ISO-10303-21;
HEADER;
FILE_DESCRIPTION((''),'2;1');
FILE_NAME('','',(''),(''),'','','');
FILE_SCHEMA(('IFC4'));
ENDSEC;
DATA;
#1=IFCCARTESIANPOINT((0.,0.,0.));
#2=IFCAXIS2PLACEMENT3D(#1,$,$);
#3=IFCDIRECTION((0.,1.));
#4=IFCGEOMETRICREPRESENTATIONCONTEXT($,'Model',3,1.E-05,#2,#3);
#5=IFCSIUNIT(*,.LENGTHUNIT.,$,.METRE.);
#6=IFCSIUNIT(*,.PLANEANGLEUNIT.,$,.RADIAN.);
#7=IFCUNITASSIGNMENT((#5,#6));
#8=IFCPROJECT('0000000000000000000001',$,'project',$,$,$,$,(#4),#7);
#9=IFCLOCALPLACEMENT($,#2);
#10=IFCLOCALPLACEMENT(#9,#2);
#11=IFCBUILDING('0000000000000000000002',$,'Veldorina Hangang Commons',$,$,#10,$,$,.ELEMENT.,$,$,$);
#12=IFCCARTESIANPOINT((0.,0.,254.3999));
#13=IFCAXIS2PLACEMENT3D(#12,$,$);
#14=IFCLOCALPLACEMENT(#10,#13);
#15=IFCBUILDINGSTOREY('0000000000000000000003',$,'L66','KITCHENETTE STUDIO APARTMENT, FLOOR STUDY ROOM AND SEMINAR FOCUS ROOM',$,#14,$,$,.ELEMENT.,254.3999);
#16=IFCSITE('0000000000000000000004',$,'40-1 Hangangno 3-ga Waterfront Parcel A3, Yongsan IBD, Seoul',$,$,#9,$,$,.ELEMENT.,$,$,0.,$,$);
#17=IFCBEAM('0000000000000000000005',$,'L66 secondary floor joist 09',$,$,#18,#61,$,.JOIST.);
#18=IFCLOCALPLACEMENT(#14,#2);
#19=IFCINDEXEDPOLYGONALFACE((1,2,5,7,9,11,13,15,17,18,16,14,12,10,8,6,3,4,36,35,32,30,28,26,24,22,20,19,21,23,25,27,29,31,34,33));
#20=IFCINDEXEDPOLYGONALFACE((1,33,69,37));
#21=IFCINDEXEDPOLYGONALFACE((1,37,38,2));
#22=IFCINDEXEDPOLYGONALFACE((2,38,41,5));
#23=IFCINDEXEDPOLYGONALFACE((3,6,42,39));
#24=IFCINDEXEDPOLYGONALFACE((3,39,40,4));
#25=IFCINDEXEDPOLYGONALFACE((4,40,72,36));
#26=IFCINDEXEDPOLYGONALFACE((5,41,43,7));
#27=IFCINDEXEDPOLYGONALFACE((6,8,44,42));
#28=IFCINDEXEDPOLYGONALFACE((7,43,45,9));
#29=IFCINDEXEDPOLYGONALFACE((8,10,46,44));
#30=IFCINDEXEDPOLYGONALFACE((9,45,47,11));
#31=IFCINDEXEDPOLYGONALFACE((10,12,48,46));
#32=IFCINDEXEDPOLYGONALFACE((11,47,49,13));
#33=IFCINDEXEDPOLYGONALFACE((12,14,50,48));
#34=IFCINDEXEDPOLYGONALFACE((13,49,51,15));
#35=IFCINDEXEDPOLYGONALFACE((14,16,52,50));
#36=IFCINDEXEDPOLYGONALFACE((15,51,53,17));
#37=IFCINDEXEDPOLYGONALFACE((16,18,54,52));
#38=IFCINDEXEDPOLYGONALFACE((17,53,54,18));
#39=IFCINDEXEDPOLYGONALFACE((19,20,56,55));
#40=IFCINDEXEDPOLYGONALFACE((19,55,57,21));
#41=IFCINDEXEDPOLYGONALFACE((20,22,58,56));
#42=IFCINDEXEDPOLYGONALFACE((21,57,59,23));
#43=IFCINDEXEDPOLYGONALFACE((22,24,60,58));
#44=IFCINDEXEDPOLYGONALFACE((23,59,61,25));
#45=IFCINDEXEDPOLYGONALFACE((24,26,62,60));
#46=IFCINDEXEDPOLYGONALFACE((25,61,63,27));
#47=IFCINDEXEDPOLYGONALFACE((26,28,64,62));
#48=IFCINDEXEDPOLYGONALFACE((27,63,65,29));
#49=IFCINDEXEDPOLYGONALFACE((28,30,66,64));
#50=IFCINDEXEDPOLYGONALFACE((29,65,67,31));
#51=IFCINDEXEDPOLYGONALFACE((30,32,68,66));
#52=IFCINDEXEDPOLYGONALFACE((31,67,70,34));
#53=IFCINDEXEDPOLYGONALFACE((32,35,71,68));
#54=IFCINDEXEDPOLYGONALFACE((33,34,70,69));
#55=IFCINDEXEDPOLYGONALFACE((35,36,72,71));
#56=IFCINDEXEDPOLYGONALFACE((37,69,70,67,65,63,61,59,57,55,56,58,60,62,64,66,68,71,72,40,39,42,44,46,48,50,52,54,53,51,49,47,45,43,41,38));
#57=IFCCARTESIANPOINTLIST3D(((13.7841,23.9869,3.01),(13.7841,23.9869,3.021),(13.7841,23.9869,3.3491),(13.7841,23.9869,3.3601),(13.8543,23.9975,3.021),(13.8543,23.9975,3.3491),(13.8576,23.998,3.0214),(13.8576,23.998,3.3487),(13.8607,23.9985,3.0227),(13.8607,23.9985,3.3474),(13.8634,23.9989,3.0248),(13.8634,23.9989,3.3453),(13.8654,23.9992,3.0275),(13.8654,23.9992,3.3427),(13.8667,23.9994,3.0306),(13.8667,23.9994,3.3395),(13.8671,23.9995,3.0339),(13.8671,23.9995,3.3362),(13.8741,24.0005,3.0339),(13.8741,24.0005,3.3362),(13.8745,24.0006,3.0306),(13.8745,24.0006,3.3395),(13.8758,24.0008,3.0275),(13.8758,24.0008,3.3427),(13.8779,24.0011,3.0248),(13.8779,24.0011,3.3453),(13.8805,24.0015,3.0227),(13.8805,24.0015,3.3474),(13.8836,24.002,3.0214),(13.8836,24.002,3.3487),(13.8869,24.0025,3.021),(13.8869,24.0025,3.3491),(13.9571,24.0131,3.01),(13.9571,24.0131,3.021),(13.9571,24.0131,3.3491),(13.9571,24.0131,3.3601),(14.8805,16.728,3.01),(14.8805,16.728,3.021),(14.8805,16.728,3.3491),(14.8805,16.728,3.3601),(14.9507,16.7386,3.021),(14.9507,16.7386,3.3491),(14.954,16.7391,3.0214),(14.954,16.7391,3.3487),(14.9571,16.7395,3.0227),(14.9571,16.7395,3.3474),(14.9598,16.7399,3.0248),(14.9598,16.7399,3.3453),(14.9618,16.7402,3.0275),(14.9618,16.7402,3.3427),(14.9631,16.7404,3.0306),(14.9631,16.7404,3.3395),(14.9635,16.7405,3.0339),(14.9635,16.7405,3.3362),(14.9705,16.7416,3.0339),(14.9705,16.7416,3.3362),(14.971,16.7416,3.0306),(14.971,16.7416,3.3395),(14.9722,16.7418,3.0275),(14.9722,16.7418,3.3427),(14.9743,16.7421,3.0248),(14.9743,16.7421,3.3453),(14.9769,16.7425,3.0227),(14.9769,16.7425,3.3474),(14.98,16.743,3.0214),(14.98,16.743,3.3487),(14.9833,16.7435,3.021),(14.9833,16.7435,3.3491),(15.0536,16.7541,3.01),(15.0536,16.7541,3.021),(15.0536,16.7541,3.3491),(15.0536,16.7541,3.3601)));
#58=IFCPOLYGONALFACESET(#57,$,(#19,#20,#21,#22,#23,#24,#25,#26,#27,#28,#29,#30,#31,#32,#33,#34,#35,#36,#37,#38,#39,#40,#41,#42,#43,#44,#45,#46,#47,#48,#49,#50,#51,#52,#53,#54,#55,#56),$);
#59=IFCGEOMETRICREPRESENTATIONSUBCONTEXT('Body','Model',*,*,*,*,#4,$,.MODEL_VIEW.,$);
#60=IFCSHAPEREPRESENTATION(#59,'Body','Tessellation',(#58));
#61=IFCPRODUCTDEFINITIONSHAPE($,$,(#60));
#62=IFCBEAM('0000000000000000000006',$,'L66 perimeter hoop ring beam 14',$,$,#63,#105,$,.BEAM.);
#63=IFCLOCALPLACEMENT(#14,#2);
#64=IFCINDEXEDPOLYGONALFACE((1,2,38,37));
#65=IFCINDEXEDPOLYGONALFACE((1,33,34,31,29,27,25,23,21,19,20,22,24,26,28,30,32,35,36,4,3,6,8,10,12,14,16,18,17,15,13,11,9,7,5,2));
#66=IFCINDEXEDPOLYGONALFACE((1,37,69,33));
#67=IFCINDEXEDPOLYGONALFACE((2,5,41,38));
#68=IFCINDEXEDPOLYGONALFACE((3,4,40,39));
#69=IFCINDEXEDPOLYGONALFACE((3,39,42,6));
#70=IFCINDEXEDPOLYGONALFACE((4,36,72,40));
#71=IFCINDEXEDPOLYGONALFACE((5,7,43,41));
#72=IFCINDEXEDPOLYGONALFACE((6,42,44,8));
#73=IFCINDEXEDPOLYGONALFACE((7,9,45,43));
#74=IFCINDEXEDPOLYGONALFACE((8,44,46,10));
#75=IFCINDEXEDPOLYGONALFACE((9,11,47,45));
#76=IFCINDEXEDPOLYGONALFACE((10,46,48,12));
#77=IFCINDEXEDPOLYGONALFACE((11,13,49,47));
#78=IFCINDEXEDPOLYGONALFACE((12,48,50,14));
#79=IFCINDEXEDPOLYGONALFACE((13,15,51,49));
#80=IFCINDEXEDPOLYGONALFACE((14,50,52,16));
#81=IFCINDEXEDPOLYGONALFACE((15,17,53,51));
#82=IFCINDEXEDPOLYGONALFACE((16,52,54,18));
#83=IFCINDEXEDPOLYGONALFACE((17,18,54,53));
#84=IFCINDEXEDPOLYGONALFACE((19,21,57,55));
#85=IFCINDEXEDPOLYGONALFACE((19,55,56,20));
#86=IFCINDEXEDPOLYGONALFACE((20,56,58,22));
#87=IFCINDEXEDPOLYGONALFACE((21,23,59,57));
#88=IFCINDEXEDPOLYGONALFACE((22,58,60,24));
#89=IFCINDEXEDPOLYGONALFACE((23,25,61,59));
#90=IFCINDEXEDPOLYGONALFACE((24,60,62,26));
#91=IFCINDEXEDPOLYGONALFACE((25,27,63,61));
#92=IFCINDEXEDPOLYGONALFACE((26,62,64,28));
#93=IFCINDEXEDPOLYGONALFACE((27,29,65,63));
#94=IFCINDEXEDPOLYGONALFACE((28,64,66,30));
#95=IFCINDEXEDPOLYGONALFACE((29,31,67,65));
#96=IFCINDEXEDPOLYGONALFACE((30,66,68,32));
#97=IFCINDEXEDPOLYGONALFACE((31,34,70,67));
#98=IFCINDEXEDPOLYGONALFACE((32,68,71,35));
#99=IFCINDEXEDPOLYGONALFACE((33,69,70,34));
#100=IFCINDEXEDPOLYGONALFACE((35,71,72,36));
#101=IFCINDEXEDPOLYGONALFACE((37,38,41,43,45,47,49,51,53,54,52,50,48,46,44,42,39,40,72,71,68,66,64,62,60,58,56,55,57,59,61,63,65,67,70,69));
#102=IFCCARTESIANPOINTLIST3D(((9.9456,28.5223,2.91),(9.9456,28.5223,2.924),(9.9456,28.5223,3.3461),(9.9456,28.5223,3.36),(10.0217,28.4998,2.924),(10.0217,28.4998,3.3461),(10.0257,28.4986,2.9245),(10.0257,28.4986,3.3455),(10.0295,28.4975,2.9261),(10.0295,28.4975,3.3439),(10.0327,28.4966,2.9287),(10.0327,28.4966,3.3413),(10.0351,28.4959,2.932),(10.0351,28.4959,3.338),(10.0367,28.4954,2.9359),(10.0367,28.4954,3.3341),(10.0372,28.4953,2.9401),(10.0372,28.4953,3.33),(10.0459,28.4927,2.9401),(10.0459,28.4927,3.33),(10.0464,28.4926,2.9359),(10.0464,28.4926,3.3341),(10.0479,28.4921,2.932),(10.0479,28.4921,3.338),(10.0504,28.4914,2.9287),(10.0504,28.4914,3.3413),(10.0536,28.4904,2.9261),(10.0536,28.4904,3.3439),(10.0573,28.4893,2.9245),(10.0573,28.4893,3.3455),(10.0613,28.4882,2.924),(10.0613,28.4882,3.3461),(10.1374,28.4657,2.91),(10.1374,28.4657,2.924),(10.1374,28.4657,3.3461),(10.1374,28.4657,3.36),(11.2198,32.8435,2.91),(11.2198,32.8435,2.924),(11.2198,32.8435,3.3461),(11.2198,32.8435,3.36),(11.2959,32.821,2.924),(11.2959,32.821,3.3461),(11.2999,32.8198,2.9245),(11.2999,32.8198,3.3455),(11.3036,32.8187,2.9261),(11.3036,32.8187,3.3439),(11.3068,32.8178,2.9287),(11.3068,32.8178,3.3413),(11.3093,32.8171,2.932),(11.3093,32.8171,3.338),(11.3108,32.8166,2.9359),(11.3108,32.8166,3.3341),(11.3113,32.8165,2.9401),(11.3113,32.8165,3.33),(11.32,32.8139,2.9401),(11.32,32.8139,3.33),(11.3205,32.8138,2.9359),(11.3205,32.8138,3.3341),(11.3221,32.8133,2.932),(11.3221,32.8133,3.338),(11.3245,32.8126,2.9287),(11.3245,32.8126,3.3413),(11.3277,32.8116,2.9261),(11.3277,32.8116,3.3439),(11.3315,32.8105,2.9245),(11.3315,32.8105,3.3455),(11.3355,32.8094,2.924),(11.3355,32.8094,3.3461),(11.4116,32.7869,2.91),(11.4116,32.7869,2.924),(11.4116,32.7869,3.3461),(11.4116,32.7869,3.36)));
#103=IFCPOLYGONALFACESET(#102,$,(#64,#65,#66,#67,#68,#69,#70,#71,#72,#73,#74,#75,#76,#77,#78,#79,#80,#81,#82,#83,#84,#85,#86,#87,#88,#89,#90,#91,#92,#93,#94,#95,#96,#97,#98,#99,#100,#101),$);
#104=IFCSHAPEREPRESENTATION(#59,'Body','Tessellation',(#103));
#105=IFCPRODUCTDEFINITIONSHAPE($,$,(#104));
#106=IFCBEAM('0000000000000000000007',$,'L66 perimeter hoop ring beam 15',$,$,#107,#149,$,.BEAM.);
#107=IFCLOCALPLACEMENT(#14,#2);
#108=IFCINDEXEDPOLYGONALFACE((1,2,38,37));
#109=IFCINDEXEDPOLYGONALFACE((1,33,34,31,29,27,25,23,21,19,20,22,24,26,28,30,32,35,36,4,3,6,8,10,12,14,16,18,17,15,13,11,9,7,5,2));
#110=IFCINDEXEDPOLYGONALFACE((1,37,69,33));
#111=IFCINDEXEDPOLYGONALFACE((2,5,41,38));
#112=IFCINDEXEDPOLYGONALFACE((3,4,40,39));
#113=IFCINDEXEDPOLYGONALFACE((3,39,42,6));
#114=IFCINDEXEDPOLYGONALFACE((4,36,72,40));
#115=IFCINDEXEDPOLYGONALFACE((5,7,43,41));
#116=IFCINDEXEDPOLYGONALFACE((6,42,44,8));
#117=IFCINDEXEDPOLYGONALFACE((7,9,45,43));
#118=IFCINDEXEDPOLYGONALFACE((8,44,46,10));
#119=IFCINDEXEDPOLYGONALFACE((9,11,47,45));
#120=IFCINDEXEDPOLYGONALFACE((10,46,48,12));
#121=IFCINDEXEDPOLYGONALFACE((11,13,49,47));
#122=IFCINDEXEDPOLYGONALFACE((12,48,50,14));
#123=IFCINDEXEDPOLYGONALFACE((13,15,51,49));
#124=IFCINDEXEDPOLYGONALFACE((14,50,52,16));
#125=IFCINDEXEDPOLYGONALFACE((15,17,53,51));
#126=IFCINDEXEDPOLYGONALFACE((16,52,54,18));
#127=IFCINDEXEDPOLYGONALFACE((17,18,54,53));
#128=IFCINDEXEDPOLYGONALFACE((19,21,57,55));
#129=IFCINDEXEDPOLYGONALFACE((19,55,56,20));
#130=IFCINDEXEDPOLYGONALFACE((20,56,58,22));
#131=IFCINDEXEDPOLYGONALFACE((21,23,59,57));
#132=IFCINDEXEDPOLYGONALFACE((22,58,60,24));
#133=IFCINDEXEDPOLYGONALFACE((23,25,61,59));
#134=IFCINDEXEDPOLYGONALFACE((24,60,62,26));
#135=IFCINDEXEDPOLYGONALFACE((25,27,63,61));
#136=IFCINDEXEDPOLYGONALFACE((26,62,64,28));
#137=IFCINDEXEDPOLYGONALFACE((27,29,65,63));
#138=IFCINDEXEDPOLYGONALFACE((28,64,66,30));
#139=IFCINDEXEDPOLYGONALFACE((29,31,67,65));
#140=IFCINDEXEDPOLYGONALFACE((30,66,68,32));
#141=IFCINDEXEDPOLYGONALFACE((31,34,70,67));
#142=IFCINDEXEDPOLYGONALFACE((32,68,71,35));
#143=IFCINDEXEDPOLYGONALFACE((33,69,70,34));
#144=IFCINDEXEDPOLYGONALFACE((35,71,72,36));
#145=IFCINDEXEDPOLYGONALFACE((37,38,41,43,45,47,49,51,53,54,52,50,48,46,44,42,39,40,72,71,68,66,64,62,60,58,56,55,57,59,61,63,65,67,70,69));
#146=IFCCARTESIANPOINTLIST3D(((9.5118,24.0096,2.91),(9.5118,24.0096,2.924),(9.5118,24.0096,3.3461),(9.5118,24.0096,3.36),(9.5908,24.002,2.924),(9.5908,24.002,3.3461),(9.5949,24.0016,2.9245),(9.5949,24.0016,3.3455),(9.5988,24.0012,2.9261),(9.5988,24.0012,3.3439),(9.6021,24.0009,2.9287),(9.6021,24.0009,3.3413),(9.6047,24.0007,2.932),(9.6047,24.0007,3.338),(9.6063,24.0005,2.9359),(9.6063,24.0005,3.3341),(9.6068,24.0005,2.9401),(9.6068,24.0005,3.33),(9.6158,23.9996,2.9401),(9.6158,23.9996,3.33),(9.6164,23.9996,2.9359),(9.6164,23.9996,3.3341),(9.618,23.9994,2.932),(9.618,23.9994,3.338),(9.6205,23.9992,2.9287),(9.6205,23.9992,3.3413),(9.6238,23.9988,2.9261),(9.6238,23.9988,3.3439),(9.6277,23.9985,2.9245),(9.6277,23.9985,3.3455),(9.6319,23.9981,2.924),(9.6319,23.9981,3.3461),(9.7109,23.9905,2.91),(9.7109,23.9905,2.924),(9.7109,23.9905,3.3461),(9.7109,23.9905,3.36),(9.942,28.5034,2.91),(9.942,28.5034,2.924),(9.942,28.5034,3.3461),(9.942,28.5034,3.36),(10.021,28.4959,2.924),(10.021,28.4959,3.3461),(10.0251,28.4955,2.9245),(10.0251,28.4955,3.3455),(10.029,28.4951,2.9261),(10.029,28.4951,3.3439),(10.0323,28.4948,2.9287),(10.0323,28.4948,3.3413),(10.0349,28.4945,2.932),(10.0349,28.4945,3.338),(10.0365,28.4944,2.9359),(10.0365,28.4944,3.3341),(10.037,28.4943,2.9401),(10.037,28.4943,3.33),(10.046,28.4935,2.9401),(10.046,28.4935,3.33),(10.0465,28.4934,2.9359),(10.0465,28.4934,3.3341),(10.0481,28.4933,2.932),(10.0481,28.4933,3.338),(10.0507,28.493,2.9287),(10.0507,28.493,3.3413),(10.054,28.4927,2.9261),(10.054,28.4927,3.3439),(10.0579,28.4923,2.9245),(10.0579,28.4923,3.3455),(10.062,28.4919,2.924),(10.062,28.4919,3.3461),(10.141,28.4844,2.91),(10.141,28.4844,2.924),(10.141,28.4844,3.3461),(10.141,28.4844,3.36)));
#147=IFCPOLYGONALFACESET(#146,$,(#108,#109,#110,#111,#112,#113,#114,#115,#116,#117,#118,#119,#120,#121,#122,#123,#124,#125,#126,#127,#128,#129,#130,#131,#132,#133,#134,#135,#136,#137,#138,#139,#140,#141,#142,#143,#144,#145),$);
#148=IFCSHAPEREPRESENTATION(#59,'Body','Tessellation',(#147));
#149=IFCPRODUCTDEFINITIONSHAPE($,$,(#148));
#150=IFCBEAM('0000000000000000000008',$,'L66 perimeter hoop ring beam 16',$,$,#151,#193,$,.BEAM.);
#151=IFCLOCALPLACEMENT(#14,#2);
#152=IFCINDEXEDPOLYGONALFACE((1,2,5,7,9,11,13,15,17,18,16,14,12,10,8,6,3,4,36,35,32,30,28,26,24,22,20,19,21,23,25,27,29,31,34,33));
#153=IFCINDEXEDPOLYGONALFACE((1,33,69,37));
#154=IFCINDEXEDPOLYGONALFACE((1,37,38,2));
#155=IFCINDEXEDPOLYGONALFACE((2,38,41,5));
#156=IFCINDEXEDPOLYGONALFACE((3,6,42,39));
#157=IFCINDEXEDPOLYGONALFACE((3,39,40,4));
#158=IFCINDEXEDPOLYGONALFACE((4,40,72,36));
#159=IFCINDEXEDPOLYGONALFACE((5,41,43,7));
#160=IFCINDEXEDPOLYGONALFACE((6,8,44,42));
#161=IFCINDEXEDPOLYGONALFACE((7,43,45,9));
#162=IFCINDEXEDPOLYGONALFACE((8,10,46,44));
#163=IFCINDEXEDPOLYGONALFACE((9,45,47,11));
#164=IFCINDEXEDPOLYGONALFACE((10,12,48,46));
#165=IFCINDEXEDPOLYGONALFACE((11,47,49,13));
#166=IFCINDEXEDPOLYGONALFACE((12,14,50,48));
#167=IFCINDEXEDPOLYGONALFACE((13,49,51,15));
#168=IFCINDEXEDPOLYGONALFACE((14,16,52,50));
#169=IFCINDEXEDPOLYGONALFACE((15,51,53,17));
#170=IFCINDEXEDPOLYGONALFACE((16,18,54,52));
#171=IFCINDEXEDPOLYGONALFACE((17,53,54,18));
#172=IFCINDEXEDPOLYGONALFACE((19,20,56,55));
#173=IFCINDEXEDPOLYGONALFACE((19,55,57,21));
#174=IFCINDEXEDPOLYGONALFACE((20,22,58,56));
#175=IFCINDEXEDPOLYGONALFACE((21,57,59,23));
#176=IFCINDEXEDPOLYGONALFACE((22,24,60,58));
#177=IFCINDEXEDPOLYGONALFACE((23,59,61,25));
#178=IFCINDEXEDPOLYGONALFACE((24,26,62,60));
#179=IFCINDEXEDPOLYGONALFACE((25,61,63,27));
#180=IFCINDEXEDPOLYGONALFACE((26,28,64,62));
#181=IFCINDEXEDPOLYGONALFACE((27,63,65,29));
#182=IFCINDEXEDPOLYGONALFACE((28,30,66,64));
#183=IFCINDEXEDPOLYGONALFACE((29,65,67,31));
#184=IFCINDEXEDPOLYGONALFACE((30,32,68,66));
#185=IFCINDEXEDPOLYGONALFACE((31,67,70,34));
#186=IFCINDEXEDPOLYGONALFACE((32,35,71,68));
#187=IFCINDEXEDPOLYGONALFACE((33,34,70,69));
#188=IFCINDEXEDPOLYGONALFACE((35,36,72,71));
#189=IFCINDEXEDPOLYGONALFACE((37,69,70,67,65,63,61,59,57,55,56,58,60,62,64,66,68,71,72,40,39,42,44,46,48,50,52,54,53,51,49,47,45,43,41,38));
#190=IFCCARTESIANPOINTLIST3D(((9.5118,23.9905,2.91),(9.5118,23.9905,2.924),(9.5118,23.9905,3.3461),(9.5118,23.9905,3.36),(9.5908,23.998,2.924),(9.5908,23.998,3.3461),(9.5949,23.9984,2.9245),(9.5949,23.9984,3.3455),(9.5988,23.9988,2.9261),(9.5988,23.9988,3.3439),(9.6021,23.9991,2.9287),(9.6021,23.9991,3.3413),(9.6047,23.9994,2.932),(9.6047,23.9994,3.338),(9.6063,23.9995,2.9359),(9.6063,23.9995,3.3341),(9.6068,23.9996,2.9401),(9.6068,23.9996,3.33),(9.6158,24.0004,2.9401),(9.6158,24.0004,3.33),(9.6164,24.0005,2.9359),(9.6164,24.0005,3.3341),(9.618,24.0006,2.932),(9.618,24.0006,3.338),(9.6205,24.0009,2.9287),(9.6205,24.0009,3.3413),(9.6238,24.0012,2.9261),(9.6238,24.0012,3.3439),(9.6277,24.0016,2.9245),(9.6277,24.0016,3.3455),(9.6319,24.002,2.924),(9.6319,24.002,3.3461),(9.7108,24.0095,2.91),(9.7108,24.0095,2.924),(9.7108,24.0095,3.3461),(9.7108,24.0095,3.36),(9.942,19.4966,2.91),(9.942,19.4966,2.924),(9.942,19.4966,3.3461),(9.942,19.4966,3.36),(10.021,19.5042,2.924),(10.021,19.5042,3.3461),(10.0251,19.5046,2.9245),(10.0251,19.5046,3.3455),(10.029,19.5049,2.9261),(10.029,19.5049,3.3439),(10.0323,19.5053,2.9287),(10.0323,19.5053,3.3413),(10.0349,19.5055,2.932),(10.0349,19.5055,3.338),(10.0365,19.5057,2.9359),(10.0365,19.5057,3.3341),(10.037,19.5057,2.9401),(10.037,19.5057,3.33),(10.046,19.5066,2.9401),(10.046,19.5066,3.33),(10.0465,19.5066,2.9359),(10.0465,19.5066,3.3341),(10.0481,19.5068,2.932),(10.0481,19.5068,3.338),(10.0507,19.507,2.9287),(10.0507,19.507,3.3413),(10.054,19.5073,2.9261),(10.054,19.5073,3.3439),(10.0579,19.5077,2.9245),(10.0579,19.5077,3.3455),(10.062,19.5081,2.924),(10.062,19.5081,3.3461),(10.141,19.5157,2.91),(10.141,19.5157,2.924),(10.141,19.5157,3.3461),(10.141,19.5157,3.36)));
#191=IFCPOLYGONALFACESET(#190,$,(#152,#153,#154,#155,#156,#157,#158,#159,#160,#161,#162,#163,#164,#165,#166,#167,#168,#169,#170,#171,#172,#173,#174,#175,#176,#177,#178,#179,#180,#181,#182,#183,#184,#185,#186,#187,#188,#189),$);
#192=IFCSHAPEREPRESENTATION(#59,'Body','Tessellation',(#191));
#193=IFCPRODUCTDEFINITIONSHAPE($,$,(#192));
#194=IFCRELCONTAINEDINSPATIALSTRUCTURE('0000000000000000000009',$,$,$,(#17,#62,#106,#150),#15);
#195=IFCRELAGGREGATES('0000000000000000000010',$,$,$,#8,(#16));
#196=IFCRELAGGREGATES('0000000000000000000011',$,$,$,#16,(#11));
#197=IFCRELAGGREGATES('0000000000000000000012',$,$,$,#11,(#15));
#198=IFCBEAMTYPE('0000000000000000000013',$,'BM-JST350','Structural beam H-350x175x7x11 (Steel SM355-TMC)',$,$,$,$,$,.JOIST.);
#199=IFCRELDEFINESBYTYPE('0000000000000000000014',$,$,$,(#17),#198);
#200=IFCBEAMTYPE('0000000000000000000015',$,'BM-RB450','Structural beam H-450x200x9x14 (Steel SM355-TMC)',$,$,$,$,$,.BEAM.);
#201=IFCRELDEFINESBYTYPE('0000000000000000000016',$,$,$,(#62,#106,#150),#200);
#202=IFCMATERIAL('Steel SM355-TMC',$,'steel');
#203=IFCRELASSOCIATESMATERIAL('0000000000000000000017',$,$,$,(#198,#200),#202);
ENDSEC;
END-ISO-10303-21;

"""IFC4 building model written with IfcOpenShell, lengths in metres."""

from ifc_helpers import new_model, si_unit, direction, frame, origin, origin_2d, place, context, subcontext, project, spatial, i_section, extrude, material, material_profile, profile_set, type_object, element, save


model = new_model("IFC4")

# Units and contexts
model_context = context("Model", 3, precision=1e-05, world=origin(), true_north=direction((0.0, 1.0)))
body_context = subcontext(model_context, "Body", "Model", "MODEL_VIEW")
ifc_project = project(units=[si_unit("LENGTHUNIT", "METRE"), si_unit("PLANEANGLEUNIT", "RADIAN")], contexts=[model_context])

# Site, building, storey
site_placement = place(None, origin())
site = spatial("IfcSite", under=ifc_project, at=site_placement, Name="40-1 Hangangno 3-ga Waterfront Parcel A3, Yongsan IBD, Seoul", CompositionType="ELEMENT", RefElevation=0.0)
building_placement = place(site_placement, origin())
building = spatial("IfcBuilding", under=site, at=building_placement, Name="Veldorina Hangang Commons", CompositionType="ELEMENT")
storey_placement = place(building_placement, frame((0.0, 0.0, 254.3999)))
storey = spatial("IfcBuildingStorey", under=building, at=storey_placement, Name="L66", Description="KITCHENETTE STUDIO APARTMENT, FLOOR STUDY ROOM AND SEMINAR FOCUS ROOM", CompositionType="ELEMENT", Elevation=254.3999)

# Beams
ifc_material_1 = material(Name="Steel SM355-TMC", Category="steel")
ifc_material_profile_1 = material_profile(ifc_material_1, i_section(OverallWidth=0.175, OverallDepth=0.3501, WebThickness=0.0071, FlangeThickness=0.011, FilletRadius=0.0129, at=origin_2d()), Name="H-350x175x7x11")
ifc_profile_set_1 = profile_set([ifc_material_profile_1], Name="Steel SM355-TMC")
beam_type_1 = type_object("IfcBeamType", Name="BM-JST350", Description="Structural beam H-350x175x7x11 (Steel SM355-TMC)", PredefinedType="JOIST", material=ifc_profile_set_1)
beam_1_placement = place(storey_placement, frame((13.8706, 24.0, 3.1851), z_axis=(0.14935, -0.988784, 0.0), x_axis=(0.988784, 0.14935, 0.0)))
element("IfcBeam", 1, at=beam_1_placement, inside=storey, type_object=beam_type_1, Name="L66 secondary floor joist 09", PredefinedType="JOIST", context=body_context, shape_type="SweptSolid", body=[
    extrude(i_section(OverallWidth=0.175, OverallDepth=0.3501, WebThickness=0.0071, FlangeThickness=0.011, FilletRadius=0.0129, at=origin_2d()), origin(), (0.0, 0.0, 1.0), 7.3413),
])
ifc_material_profile_2 = material_profile(ifc_material_1, i_section(OverallWidth=0.2, OverallDepth=0.45, WebThickness=0.009, FlangeThickness=0.0139, FilletRadius=0.0161, at=origin_2d()), Name="H-450x200x9x14")
ifc_profile_set_2 = profile_set([ifc_material_profile_2], Name="Steel SM355-TMC")
beam_type_2 = type_object("IfcBeamType", Name="BM-RB450", Description="Structural beam H-450x200x9x14 (Steel SM355-TMC)", PredefinedType="BEAM", material=ifc_profile_set_2)
beam_2_placement = place(storey_placement, frame((11.3157, 32.8152, 3.135), z_axis=(-0.282821, -0.959173, 0.0), x_axis=(0.959173, -0.282821, 0.0)))
element("IfcBeam", 2, at=beam_2_placement, inside=storey, type_object=beam_type_2, Name="L66 perimeter hoop ring beam 14", PredefinedType="BEAM", context=body_context, shape_type="SweptSolid", body=[
    extrude(i_section(OverallWidth=0.2, OverallDepth=0.45, WebThickness=0.009, FlangeThickness=0.0139, FilletRadius=0.0161, at=origin_2d()), origin(), (0.0, 0.0, 1.0), 4.5051),
])
for number, where, z_axis, x_axis, name in (
    (3, (10.0415, 28.4939, 3.135), (-0.095289, -0.99545, 0.0), (0.99545, -0.095289, 0.0), "L66 perimeter hoop ring beam 15"),
    (4, (9.6113, 24.0, 3.135), (0.095289, -0.99545, 0.0), (0.99545, 0.095289, 0.0), "L66 perimeter hoop ring beam 16"),
):
    element("IfcBeam", number, at=place(storey_placement, frame(where, z_axis=z_axis, x_axis=x_axis)), inside=storey, type_object=beam_type_2, Name=name, PredefinedType="BEAM", context=body_context, shape_type="SweptSolid", body=[
        extrude(i_section(OverallWidth=0.2, OverallDepth=0.45, WebThickness=0.009, FlangeThickness=0.0139, FilletRadius=0.0161, at=origin_2d()), origin(), (0.0, 0.0, 1.0), 4.5144),
    ])

save(model, "model.ifc")
